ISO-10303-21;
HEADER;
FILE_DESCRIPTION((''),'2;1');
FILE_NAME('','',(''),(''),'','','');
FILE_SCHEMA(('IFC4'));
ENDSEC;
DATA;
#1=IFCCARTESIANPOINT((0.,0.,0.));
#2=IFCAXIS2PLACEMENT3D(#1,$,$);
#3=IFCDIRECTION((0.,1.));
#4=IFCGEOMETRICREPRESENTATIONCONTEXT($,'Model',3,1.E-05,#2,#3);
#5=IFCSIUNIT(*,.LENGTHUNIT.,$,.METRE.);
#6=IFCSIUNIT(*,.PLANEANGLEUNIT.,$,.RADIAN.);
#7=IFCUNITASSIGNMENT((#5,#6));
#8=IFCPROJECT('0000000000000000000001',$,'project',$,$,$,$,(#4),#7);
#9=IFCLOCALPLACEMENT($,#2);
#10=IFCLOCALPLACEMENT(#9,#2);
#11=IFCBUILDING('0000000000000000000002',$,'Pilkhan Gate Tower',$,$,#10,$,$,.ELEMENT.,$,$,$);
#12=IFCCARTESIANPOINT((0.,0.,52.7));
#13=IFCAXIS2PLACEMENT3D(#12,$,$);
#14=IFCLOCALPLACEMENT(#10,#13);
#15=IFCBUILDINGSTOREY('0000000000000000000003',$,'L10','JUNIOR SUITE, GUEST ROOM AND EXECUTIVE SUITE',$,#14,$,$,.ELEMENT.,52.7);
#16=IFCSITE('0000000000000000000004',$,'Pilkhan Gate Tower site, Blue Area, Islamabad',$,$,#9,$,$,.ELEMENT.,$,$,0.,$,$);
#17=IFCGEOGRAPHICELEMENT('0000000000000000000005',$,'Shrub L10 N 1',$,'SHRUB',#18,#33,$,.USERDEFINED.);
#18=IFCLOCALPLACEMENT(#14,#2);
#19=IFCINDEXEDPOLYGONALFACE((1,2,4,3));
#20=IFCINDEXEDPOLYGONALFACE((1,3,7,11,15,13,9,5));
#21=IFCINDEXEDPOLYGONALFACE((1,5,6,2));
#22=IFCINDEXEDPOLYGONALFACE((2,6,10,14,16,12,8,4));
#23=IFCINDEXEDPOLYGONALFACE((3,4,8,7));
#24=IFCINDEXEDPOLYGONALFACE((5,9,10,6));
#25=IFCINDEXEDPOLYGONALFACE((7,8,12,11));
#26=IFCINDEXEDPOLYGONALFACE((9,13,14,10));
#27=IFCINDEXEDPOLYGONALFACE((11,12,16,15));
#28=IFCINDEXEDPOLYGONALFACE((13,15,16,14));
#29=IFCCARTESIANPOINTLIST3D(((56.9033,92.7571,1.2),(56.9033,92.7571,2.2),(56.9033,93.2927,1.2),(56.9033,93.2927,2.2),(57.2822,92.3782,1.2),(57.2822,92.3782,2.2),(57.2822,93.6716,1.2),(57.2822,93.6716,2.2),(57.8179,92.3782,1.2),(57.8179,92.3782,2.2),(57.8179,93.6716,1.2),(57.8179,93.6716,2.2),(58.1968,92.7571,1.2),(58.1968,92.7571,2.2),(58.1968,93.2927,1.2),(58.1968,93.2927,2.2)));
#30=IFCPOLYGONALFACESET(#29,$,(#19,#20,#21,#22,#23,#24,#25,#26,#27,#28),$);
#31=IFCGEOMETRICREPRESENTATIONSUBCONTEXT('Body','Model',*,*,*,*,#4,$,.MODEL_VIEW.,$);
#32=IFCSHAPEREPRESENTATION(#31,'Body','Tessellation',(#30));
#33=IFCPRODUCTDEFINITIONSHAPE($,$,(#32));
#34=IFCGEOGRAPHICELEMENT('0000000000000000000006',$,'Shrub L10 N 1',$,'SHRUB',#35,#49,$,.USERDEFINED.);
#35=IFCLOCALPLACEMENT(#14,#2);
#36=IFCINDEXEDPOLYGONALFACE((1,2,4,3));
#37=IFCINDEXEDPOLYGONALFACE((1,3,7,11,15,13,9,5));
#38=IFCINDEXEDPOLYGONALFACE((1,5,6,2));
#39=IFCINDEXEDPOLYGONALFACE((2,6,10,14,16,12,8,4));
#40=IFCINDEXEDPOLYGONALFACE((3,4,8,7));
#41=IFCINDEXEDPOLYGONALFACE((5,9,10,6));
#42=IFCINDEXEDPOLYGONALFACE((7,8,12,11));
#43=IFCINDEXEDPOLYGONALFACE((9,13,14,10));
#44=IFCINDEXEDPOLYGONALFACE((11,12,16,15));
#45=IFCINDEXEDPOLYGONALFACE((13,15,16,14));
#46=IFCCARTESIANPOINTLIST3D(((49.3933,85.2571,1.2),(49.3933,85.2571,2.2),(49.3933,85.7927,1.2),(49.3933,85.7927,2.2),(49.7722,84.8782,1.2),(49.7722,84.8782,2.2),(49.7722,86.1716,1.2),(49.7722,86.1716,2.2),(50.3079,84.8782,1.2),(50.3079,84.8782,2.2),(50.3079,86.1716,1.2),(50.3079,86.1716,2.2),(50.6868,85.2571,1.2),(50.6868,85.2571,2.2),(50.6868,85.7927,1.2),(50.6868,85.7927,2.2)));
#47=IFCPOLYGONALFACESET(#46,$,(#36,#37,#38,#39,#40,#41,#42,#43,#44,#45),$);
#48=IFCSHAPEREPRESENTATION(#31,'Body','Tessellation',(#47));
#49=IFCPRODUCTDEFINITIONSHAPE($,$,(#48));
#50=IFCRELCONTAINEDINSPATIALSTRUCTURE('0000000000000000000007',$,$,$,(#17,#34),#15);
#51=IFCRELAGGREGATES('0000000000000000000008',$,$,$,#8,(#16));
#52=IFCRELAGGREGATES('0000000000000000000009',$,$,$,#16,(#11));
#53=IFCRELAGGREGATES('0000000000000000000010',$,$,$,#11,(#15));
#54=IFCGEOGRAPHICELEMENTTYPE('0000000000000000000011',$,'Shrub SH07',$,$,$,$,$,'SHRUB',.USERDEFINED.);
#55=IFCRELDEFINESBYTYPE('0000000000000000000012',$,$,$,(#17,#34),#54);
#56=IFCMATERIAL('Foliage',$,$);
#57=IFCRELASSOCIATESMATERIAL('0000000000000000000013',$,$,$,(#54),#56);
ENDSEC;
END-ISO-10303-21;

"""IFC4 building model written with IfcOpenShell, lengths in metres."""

from ifc_helpers import new_model, si_unit, direction, frame, origin, place, context, subcontext, project, spatial, polyline, outline, extrude, material, material_profile, profile_set, type_object, element, save


model = new_model("IFC4")

# Units and contexts
model_context = context("Model", 3, precision=1e-05, world=origin(), true_north=direction((0.0, 1.0)))
body_context = subcontext(model_context, "Body", "Model", "MODEL_VIEW")
ifc_project = project(units=[si_unit("LENGTHUNIT", "METRE"), si_unit("PLANEANGLEUNIT", "RADIAN")], contexts=[model_context])

# Site, building, storey
site_placement = place(None, origin())
site = spatial("IfcSite", under=ifc_project, at=site_placement, Name="Pilkhan Gate Tower site, Blue Area, Islamabad", CompositionType="ELEMENT", RefElevation=0.0)
building_placement = place(site_placement, origin())
building = spatial("IfcBuilding", under=site, at=building_placement, Name="Pilkhan Gate Tower", CompositionType="ELEMENT")
storey_placement = place(building_placement, frame((0.0, 0.0, 52.7)))
storey = spatial("IfcBuildingStorey", under=building, at=storey_placement, Name="L10", Description="JUNIOR SUITE, GUEST ROOM AND EXECUTIVE SUITE", CompositionType="ELEMENT", Elevation=52.7)

# Geographic elements
ifc_material_1 = material(Name="Foliage")
ifc_material_profile_1 = material_profile(ifc_material_1, outline(polyline([(0.6467, 0.2678), (0.2678, 0.6467), (-0.2678, 0.6467), (-0.6467, 0.2678), (-0.6467, -0.2678), (-0.2678, -0.6467), (0.2678, -0.6467), (0.6467, -0.2678), (0.6467, 0.2678)])), Name="Shrub D1.4")
ifc_profile_set_1 = profile_set([ifc_material_profile_1], Name="Foliage")
geographic_element_type_1 = type_object("IfcGeographicElementType", Name="Shrub SH07", ElementType="SHRUB", PredefinedType="USERDEFINED", material=ifc_profile_set_1)
for number, where, z_axis, x_axis, name in (
    (1, (57.55, 93.0249, 1.2), (0.0, 0.0, 1.0), (1.0, 0.0, 0.0), "Shrub L10 N 1"),
    (2, (50.04, 85.5249, 1.2), (0.0, 0.0, 1.0), (1.0, 0.0, 0.0), "Shrub L10 N 1"),
):
    element("IfcGeographicElement", number, at=place(storey_placement, frame(where, z_axis=z_axis, x_axis=x_axis)), inside=storey, type_object=geographic_element_type_1, Name=name, ObjectType="SHRUB", PredefinedType="USERDEFINED", context=body_context, shape_type="SweptSolid", body=[
        extrude(outline(polyline([(0.6467, 0.2678), (0.2678, 0.6467), (-0.2678, 0.6467), (-0.6467, 0.2678), (-0.6467, -0.2678), (-0.2678, -0.6467), (0.2678, -0.6467), (0.6467, -0.2678), (0.6467, 0.2678)])), origin(), (0.0, 0.0, 1.0), 1.0),
    ])

save(model, "model.ifc")
